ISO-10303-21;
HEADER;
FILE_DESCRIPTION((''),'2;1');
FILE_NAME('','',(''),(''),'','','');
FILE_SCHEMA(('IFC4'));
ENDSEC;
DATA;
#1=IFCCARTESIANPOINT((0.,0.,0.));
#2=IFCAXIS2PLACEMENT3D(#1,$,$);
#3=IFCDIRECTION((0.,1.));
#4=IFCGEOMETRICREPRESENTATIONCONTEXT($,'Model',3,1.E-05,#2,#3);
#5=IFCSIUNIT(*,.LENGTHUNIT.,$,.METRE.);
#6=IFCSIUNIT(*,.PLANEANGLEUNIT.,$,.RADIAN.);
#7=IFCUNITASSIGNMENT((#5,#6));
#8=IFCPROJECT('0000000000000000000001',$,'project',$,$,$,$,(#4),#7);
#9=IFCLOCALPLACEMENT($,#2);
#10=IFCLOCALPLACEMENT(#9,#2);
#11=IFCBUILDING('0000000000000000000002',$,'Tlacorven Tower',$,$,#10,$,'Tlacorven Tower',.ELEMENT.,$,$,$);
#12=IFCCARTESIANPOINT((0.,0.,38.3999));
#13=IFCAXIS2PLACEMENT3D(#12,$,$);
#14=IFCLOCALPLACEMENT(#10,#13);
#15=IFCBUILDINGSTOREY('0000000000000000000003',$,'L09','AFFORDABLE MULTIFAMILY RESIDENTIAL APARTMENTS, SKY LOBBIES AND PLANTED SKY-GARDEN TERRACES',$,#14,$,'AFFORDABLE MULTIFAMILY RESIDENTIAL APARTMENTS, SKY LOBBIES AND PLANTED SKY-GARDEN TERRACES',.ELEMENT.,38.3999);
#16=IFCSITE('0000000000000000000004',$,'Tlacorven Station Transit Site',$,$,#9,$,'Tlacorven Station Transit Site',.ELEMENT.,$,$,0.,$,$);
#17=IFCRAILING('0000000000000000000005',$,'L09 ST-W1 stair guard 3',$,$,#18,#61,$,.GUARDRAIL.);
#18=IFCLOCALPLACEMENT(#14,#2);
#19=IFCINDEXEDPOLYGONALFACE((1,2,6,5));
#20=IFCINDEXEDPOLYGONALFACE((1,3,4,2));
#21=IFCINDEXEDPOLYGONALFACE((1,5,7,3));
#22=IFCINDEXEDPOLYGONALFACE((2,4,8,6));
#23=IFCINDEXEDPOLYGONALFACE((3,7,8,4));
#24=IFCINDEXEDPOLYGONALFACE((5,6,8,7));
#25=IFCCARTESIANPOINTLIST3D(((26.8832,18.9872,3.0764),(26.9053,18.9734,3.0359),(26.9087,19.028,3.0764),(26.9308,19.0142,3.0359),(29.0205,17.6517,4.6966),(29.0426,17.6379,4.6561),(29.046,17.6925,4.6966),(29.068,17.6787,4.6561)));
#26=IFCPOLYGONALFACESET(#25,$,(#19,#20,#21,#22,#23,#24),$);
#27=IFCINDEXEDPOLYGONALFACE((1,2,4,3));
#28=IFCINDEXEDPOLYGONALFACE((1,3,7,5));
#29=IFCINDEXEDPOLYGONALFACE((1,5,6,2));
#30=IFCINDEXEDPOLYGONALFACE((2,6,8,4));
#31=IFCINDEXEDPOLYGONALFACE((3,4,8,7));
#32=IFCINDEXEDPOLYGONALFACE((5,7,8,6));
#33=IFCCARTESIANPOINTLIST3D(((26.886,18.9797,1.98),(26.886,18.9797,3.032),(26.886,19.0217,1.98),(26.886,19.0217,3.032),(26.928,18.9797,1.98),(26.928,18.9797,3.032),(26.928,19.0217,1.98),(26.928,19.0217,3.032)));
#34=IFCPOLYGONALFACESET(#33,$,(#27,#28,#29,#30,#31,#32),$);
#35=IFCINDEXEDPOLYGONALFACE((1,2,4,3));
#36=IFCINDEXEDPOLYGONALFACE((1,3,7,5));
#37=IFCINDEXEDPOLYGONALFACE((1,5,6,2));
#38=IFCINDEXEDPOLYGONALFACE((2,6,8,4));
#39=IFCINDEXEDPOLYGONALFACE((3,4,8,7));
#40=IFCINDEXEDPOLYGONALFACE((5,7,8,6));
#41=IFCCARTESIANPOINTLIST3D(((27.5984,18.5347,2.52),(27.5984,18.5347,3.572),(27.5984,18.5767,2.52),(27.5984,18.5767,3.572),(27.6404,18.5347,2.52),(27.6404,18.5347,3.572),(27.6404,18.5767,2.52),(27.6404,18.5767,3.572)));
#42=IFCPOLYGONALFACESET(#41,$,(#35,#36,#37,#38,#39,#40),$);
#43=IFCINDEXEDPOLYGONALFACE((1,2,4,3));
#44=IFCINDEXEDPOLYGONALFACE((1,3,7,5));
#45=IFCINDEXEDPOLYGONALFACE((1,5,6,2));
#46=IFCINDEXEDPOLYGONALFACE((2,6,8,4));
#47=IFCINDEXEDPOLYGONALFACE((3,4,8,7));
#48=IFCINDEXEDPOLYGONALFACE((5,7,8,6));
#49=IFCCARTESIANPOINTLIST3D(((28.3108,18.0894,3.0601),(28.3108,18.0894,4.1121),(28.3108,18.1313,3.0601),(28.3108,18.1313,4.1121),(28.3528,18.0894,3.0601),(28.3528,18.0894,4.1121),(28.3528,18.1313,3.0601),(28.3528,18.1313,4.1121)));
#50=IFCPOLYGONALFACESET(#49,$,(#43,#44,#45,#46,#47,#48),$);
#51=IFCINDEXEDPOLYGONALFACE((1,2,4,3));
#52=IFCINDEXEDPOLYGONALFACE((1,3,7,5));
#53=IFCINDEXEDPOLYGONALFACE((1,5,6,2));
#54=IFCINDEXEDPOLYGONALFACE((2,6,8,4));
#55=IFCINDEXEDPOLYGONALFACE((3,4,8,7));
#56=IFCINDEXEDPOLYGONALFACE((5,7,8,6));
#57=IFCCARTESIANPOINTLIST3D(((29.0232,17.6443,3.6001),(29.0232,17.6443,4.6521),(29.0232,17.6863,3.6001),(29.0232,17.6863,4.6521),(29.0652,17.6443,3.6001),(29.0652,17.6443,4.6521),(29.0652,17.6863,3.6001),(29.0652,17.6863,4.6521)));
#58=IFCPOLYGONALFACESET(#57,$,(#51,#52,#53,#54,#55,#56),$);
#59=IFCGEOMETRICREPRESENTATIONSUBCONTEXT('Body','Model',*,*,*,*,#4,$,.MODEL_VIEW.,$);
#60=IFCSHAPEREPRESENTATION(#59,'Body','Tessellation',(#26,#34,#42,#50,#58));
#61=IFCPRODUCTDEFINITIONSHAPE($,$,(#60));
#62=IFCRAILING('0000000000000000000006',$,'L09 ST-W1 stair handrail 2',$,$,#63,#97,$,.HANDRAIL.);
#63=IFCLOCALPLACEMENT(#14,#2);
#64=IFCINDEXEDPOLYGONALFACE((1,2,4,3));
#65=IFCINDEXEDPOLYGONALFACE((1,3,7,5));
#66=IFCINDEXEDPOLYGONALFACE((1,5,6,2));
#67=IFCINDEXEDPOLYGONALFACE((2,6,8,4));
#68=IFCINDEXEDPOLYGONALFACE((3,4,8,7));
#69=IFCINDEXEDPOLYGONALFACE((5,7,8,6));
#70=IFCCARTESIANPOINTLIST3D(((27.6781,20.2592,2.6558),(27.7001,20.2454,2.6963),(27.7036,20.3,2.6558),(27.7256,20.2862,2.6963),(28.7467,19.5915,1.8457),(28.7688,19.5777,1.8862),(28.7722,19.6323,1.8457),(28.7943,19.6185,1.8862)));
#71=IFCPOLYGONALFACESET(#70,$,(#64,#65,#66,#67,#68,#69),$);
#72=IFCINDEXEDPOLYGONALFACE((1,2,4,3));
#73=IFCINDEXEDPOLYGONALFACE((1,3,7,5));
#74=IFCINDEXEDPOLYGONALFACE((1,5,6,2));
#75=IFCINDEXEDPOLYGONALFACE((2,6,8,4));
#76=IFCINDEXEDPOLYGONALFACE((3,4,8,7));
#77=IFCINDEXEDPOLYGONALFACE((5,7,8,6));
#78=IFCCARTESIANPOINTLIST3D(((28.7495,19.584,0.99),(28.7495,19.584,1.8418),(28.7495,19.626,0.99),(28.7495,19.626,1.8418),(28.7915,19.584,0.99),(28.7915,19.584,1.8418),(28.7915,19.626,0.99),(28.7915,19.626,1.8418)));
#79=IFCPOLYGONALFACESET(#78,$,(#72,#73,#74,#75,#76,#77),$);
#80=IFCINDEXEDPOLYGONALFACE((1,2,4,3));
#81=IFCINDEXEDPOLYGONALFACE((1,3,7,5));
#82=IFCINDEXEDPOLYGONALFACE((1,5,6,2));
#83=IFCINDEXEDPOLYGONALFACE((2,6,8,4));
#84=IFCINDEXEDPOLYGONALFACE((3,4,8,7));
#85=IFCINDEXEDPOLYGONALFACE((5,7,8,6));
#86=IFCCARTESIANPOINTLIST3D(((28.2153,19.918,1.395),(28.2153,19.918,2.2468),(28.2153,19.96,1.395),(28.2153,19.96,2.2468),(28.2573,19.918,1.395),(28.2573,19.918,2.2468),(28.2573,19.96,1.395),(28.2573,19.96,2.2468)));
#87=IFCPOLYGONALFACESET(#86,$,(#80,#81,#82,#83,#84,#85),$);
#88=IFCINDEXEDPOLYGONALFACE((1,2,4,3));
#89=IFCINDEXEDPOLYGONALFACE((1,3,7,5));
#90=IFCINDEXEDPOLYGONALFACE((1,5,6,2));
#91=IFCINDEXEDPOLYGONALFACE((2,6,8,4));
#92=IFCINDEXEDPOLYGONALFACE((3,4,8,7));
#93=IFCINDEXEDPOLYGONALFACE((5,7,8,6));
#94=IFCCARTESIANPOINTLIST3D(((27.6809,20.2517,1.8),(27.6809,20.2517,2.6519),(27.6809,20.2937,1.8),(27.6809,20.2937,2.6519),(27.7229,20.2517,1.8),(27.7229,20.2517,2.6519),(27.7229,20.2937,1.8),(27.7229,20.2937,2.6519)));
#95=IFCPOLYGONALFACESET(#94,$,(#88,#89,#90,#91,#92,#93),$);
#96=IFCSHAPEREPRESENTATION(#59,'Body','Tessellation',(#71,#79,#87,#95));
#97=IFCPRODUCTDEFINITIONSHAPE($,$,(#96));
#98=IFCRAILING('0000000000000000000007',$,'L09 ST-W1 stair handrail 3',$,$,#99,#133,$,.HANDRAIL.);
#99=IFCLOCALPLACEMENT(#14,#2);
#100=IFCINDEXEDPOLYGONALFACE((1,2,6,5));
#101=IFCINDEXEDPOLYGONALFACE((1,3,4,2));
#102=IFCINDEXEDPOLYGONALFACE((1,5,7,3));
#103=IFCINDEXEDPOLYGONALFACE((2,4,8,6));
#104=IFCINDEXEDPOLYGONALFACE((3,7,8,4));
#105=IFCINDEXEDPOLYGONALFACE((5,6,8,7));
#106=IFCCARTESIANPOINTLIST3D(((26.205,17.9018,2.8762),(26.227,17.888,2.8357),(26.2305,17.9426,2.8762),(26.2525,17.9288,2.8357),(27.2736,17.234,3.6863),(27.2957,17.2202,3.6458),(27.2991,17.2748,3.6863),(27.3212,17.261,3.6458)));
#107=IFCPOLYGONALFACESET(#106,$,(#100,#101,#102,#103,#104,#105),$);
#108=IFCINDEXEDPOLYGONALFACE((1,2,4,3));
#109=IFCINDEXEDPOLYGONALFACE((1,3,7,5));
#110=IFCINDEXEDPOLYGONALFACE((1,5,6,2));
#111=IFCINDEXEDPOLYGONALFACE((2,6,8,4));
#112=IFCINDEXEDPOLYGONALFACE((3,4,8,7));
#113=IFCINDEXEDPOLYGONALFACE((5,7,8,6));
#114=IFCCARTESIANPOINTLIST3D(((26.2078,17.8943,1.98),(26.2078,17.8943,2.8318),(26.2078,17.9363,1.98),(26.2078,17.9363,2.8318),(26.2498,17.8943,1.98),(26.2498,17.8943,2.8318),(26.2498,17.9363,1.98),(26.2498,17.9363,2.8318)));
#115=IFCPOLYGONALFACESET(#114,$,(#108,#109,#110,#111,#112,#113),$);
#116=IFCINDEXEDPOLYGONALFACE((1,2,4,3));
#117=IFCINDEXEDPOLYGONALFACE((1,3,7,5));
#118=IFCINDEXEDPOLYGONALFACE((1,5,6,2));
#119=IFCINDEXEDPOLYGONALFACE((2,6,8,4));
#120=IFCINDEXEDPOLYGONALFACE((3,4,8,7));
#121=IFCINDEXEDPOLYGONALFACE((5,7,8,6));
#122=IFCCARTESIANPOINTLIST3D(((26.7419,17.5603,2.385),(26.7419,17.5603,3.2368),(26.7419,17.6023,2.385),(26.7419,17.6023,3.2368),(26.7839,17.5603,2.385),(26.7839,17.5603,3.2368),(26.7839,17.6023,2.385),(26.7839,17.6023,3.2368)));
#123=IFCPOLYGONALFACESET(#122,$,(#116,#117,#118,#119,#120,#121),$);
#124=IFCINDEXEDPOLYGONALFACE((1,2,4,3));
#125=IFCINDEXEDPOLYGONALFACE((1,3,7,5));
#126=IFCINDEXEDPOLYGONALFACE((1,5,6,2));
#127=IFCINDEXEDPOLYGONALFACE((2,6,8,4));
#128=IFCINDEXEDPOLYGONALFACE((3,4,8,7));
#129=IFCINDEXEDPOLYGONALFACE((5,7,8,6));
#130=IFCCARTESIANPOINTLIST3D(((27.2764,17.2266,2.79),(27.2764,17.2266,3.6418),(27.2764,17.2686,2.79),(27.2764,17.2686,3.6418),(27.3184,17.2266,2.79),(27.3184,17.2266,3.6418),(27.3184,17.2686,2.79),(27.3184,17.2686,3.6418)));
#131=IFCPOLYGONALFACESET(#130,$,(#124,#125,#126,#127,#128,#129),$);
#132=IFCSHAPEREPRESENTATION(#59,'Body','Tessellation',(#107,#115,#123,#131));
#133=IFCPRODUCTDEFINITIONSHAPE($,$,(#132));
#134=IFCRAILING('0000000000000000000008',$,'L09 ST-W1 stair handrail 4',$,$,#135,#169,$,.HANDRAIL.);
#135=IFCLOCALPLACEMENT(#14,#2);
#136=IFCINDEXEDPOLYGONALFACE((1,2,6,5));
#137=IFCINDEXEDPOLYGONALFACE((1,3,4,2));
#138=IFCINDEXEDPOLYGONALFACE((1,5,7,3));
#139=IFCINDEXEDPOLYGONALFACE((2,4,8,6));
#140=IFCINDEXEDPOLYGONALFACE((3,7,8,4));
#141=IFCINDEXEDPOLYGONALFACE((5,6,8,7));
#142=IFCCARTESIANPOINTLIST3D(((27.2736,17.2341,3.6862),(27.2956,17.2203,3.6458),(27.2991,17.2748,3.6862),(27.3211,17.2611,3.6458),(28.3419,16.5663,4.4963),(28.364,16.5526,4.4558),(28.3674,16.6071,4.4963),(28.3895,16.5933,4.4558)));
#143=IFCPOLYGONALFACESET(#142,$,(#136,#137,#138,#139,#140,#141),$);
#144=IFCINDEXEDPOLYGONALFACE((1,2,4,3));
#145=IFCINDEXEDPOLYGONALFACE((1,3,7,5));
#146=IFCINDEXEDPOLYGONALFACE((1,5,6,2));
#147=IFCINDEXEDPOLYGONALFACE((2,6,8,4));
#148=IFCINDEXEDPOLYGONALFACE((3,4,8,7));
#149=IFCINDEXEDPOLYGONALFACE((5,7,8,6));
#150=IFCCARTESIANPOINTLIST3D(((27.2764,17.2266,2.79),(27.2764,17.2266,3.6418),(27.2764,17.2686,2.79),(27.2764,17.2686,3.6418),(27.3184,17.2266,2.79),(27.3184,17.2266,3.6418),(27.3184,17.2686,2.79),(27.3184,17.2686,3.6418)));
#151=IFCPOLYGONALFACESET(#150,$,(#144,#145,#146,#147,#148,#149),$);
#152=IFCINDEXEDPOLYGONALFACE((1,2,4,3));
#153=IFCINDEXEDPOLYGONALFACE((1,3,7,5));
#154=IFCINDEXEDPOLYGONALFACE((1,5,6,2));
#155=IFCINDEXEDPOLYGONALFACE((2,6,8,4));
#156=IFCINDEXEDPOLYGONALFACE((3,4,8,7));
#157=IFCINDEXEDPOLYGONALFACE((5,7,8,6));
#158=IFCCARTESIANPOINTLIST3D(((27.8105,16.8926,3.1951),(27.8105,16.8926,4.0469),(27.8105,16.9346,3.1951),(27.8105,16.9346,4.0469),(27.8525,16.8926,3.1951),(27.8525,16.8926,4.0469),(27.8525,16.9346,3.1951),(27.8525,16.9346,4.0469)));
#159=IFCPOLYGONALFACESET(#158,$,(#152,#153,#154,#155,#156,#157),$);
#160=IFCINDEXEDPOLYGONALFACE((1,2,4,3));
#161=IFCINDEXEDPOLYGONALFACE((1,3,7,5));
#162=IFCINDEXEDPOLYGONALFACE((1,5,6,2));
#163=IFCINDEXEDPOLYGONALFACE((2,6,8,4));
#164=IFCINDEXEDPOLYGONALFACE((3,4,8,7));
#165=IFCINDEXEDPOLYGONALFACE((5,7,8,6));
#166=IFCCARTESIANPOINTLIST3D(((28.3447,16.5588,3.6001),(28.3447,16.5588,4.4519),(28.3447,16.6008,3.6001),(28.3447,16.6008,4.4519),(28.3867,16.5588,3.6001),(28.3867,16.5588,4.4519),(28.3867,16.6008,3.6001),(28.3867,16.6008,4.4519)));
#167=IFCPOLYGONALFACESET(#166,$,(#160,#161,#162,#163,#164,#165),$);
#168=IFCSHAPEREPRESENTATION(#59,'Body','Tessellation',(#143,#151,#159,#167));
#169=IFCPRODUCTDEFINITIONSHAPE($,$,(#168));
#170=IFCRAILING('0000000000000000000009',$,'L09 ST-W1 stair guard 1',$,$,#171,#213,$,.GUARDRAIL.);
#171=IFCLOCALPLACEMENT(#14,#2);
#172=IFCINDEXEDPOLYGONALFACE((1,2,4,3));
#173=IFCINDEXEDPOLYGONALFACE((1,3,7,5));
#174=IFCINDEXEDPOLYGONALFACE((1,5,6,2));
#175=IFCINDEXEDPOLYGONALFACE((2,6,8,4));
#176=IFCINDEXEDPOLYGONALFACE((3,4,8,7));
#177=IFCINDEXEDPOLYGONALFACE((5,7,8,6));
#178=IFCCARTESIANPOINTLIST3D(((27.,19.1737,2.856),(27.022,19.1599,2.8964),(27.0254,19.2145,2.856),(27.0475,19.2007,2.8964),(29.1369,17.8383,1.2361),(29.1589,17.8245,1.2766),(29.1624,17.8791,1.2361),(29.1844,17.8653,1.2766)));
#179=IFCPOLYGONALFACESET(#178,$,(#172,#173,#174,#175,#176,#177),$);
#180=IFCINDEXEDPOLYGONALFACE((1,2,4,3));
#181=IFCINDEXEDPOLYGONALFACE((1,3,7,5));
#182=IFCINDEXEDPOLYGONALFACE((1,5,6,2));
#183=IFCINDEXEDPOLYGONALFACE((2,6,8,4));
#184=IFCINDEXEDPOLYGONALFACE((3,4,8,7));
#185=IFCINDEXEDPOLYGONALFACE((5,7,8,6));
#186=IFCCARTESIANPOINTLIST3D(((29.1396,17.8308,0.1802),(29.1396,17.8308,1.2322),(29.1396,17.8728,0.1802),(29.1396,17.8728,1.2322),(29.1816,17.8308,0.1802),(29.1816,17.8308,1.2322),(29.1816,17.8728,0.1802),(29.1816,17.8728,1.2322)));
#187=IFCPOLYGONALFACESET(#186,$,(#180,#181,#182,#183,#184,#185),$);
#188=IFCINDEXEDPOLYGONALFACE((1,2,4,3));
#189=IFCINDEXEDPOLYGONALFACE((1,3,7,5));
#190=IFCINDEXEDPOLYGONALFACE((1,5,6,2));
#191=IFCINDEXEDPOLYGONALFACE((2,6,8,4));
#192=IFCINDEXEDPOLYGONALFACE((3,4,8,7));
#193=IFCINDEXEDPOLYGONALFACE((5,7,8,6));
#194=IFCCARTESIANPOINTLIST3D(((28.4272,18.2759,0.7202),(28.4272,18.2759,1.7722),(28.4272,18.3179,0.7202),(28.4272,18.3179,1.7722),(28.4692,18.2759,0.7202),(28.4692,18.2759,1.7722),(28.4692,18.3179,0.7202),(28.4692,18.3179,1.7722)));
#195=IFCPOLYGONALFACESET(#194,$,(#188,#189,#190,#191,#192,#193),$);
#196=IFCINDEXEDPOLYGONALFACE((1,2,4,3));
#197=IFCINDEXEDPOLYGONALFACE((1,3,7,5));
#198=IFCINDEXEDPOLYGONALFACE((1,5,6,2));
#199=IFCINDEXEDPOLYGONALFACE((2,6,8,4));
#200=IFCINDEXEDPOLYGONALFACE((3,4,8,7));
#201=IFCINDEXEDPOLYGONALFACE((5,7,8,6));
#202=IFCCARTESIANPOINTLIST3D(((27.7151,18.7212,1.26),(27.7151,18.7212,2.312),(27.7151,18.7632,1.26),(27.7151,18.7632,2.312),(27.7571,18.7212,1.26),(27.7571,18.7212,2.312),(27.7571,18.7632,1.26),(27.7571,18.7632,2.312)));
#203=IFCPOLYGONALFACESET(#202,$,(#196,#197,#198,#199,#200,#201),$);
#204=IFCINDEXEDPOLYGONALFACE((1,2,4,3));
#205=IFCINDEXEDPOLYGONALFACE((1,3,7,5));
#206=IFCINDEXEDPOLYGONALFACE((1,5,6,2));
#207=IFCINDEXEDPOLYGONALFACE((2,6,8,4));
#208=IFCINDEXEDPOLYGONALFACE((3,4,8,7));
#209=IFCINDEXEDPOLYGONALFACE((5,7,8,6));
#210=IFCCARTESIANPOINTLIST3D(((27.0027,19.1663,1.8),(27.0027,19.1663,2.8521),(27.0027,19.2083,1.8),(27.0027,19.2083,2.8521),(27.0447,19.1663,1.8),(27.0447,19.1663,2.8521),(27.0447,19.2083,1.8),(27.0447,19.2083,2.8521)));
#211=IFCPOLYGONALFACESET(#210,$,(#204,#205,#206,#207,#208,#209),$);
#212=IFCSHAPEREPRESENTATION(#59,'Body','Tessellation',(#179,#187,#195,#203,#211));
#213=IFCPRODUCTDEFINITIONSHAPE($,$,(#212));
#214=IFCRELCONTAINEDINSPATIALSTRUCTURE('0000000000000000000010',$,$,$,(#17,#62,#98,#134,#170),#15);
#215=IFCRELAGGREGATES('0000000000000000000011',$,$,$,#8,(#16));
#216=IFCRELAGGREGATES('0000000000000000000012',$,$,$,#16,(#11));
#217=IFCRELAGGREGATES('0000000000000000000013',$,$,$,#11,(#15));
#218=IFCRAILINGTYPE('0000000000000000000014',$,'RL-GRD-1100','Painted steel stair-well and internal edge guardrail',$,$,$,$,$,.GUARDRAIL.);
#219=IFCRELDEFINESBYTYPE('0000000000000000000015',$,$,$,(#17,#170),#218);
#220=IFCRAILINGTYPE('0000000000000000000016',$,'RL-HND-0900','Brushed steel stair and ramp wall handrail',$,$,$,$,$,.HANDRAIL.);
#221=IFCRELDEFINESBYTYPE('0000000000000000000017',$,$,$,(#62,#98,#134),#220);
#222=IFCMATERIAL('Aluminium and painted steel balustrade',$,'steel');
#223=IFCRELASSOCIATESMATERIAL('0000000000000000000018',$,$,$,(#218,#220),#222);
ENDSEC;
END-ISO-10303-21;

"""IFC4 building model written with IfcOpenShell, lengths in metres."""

from ifc_helpers import new_model, si_unit, direction, frame, origin, origin_2d, place, context, subcontext, project, spatial, rectangle, extrude, source, transform, mapped, material, type_object, element, save


model = new_model("IFC4")

# Units and contexts
model_context = context("Model", 3, precision=1e-05, world=origin(), true_north=direction((0.0, 1.0)))
body_context = subcontext(model_context, "Body", "Model", "MODEL_VIEW")
ifc_project = project(units=[si_unit("LENGTHUNIT", "METRE"), si_unit("PLANEANGLEUNIT", "RADIAN")], contexts=[model_context])

# Site, building, storey
site_placement = place(None, origin())
site = spatial("IfcSite", under=ifc_project, at=site_placement, Name="Tlacorven Station Transit Site", LongName="Tlacorven Station Transit Site", CompositionType="ELEMENT", RefElevation=0.0)
building_placement = place(site_placement, origin())
building = spatial("IfcBuilding", under=site, at=building_placement, Name="Tlacorven Tower", LongName="Tlacorven Tower", CompositionType="ELEMENT")
storey_placement = place(building_placement, frame((0.0, 0.0, 38.3999)))
storey = spatial("IfcBuildingStorey", under=building, at=storey_placement, Name="L09", Description="AFFORDABLE MULTIFAMILY RESIDENTIAL APARTMENTS, SKY LOBBIES AND PLANTED SKY-GARDEN TERRACES", LongName="AFFORDABLE MULTIFAMILY RESIDENTIAL APARTMENTS, SKY LOBBIES AND PLANTED SKY-GARDEN TERRACES", CompositionType="ELEMENT", Elevation=38.3999)

# Railings
ifc_material_1 = material(Name="Aluminium and painted steel balustrade", Category="steel")
railing_type_1 = type_object("IfcRailingType", Name="RL-GRD-1100", Description="Painted steel stair-well and internal edge guardrail", PredefinedType="GUARDRAIL", material=ifc_material_1)
shared_shape_1 = source(origin(), body_context, "Body", "SweptSolid", [
    extrude(rectangle(XDim=0.0481, YDim=0.0481, at=origin_2d()), frame((0.0, 0.0, 1.0762), z_axis=(0.71336, -0.445748, 0.540765), x_axis=(0.529912, 0.848053, 0.0)), (0.0, 0.0, 1.0), 2.9961),
    extrude(rectangle(XDim=0.042, YDim=0.042, at=origin_2d()), origin(), (0.0, 0.0, 1.0), 1.052),
    extrude(rectangle(XDim=0.042, YDim=0.042, at=origin_2d()), frame((0.7124, -0.4451, 0.54)), (0.0, 0.0, 1.0), 1.052),
    extrude(rectangle(XDim=0.042, YDim=0.042, at=origin_2d()), frame((1.4248, -0.8904, 1.0801)), (0.0, 0.0, 1.0), 1.052),
    extrude(rectangle(XDim=0.042, YDim=0.042, at=origin_2d()), frame((2.1372, -1.3354, 1.6201)), (0.0, 0.0, 1.0), 1.052),
])
railing_1_placement = place(storey_placement, frame((26.907, 19.0007, 1.98)))
element("IfcRailing", 1, at=railing_1_placement, inside=storey, type_object=railing_type_1, Name="L09 ST-W1 stair guard 3", PredefinedType="GUARDRAIL", context=body_context, shape_type="MappedRepresentation", body=[
    mapped(shared_shape_1, transform((0.0, 0.0, 0.0), scale=1.0)),
])
railing_type_2 = type_object("IfcRailingType", Name="RL-HND-0900", Description="Brushed steel stair and ramp wall handrail", PredefinedType="HANDRAIL", material=ifc_material_1)
shared_shape_2 = source(origin(), body_context, "Body", "SweptSolid", [
    extrude(rectangle(XDim=0.0481, YDim=0.0481, at=origin_2d()), frame((0.0, 0.0, 0.876), z_axis=(-0.71336, 0.445748, 0.540765), x_axis=(-0.529912, -0.848053, 0.0)), (0.0, 0.0, 1.0), 1.498),
    extrude(rectangle(XDim=0.042, YDim=0.042, at=origin_2d()), origin(), (0.0, 0.0, 1.0), 0.8518),
    extrude(rectangle(XDim=0.042, YDim=0.042, at=origin_2d()), frame((-0.5342, 0.334, 0.405)), (0.0, 0.0, 1.0), 0.8518),
    extrude(rectangle(XDim=0.042, YDim=0.042, at=origin_2d()), frame((-1.0686, 0.6677, 0.8101)), (0.0, 0.0, 1.0), 0.8518),
])
railing_2_placement = place(storey_placement, frame((28.7705, 19.605, 0.99)))
element("IfcRailing", 2, at=railing_2_placement, inside=storey, type_object=railing_type_2, Name="L09 ST-W1 stair handrail 2", PredefinedType="HANDRAIL", context=body_context, shape_type="MappedRepresentation", body=[
    mapped(shared_shape_2, transform((0.0, 0.0, 0.0), scale=1.0)),
])
shared_shape_3 = source(origin(), body_context, "Body", "SweptSolid", [
    extrude(rectangle(XDim=0.0481, YDim=0.0481, at=origin_2d()), frame((0.0, 0.0, 0.876), z_axis=(0.71336, -0.445748, 0.540765), x_axis=(0.529912, 0.848053, 0.0)), (0.0, 0.0, 1.0), 1.498),
    extrude(rectangle(XDim=0.042, YDim=0.042, at=origin_2d()), origin(), (0.0, 0.0, 1.0), 0.8518),
    extrude(rectangle(XDim=0.042, YDim=0.042, at=origin_2d()), frame((0.5342, -0.334, 0.405)), (0.0, 0.0, 1.0), 0.8518),
    extrude(rectangle(XDim=0.042, YDim=0.042, at=origin_2d()), frame((1.0686, -0.6677, 0.8101)), (0.0, 0.0, 1.0), 0.8518),
])
railing_3_placement = place(storey_placement, frame((26.2288, 17.9153, 1.98)))
element("IfcRailing", 3, at=railing_3_placement, inside=storey, type_object=railing_type_2, Name="L09 ST-W1 stair handrail 3", PredefinedType="HANDRAIL", context=body_context, shape_type="MappedRepresentation", body=[
    mapped(shared_shape_3, transform((0.0, 0.0, 0.0), scale=1.0)),
])
shared_shape_4 = source(origin(), body_context, "Body", "SweptSolid", [
    extrude(rectangle(XDim=0.0481, YDim=0.0481, at=origin_2d()), frame((0.0, 0.0, 0.876), z_axis=(0.71328, -0.4458, 0.540828), x_axis=(0.529999, 0.847998, 0.0)), (0.0, 0.0, 1.0), 1.4978),
    extrude(rectangle(XDim=0.042, YDim=0.042, at=origin_2d()), origin(), (0.0, 0.0, 1.0), 0.8518),
    extrude(rectangle(XDim=0.042, YDim=0.042, at=origin_2d()), frame((0.5342, -0.334, 0.405)), (0.0, 0.0, 1.0), 0.8518),
    extrude(rectangle(XDim=0.042, YDim=0.042, at=origin_2d()), frame((1.0684, -0.6677, 0.8101)), (0.0, 0.0, 1.0), 0.8518),
])
railing_4_placement = place(storey_placement, frame((27.2974, 17.2476, 2.79)))
element("IfcRailing", 4, at=railing_4_placement, inside=storey, type_object=railing_type_2, Name="L09 ST-W1 stair handrail 4", PredefinedType="HANDRAIL", context=body_context, shape_type="MappedRepresentation", body=[
    mapped(shared_shape_4, transform((0.0, 0.0, 0.0), scale=1.0)),
])
shared_shape_5 = source(origin(), body_context, "Body", "SweptSolid", [
    extrude(rectangle(XDim=0.0481, YDim=0.0481, at=origin_2d()), frame((0.0, 0.0, 1.0762), z_axis=(-0.713351, 0.445794, 0.540739), x_axis=(-0.529955, -0.848026, 0.0)), (0.0, 0.0, 1.0), 2.9956),
    extrude(rectangle(XDim=0.042, YDim=0.042, at=origin_2d()), origin(), (0.0, 0.0, 1.0), 1.052),
    extrude(rectangle(XDim=0.042, YDim=0.042, at=origin_2d()), frame((-0.7124, 0.4451, 0.54)), (0.0, 0.0, 1.0), 1.052),
    extrude(rectangle(XDim=0.042, YDim=0.042, at=origin_2d()), frame((-1.4246, 0.8904, 1.0798)), (0.0, 0.0, 1.0), 1.052),
    extrude(rectangle(XDim=0.042, YDim=0.042, at=origin_2d()), frame((-2.137, 1.3354, 1.6199)), (0.0, 0.0, 1.0), 1.052),
])
railing_5_placement = place(storey_placement, frame((29.1606, 17.8518, 0.1802)))
element("IfcRailing", 5, at=railing_5_placement, inside=storey, type_object=railing_type_1, Name="L09 ST-W1 stair guard 1", PredefinedType="GUARDRAIL", context=body_context, shape_type="MappedRepresentation", body=[
    mapped(shared_shape_5, transform((0.0, 0.0, 0.0), scale=1.0)),
])

save(model, "model.ifc")
